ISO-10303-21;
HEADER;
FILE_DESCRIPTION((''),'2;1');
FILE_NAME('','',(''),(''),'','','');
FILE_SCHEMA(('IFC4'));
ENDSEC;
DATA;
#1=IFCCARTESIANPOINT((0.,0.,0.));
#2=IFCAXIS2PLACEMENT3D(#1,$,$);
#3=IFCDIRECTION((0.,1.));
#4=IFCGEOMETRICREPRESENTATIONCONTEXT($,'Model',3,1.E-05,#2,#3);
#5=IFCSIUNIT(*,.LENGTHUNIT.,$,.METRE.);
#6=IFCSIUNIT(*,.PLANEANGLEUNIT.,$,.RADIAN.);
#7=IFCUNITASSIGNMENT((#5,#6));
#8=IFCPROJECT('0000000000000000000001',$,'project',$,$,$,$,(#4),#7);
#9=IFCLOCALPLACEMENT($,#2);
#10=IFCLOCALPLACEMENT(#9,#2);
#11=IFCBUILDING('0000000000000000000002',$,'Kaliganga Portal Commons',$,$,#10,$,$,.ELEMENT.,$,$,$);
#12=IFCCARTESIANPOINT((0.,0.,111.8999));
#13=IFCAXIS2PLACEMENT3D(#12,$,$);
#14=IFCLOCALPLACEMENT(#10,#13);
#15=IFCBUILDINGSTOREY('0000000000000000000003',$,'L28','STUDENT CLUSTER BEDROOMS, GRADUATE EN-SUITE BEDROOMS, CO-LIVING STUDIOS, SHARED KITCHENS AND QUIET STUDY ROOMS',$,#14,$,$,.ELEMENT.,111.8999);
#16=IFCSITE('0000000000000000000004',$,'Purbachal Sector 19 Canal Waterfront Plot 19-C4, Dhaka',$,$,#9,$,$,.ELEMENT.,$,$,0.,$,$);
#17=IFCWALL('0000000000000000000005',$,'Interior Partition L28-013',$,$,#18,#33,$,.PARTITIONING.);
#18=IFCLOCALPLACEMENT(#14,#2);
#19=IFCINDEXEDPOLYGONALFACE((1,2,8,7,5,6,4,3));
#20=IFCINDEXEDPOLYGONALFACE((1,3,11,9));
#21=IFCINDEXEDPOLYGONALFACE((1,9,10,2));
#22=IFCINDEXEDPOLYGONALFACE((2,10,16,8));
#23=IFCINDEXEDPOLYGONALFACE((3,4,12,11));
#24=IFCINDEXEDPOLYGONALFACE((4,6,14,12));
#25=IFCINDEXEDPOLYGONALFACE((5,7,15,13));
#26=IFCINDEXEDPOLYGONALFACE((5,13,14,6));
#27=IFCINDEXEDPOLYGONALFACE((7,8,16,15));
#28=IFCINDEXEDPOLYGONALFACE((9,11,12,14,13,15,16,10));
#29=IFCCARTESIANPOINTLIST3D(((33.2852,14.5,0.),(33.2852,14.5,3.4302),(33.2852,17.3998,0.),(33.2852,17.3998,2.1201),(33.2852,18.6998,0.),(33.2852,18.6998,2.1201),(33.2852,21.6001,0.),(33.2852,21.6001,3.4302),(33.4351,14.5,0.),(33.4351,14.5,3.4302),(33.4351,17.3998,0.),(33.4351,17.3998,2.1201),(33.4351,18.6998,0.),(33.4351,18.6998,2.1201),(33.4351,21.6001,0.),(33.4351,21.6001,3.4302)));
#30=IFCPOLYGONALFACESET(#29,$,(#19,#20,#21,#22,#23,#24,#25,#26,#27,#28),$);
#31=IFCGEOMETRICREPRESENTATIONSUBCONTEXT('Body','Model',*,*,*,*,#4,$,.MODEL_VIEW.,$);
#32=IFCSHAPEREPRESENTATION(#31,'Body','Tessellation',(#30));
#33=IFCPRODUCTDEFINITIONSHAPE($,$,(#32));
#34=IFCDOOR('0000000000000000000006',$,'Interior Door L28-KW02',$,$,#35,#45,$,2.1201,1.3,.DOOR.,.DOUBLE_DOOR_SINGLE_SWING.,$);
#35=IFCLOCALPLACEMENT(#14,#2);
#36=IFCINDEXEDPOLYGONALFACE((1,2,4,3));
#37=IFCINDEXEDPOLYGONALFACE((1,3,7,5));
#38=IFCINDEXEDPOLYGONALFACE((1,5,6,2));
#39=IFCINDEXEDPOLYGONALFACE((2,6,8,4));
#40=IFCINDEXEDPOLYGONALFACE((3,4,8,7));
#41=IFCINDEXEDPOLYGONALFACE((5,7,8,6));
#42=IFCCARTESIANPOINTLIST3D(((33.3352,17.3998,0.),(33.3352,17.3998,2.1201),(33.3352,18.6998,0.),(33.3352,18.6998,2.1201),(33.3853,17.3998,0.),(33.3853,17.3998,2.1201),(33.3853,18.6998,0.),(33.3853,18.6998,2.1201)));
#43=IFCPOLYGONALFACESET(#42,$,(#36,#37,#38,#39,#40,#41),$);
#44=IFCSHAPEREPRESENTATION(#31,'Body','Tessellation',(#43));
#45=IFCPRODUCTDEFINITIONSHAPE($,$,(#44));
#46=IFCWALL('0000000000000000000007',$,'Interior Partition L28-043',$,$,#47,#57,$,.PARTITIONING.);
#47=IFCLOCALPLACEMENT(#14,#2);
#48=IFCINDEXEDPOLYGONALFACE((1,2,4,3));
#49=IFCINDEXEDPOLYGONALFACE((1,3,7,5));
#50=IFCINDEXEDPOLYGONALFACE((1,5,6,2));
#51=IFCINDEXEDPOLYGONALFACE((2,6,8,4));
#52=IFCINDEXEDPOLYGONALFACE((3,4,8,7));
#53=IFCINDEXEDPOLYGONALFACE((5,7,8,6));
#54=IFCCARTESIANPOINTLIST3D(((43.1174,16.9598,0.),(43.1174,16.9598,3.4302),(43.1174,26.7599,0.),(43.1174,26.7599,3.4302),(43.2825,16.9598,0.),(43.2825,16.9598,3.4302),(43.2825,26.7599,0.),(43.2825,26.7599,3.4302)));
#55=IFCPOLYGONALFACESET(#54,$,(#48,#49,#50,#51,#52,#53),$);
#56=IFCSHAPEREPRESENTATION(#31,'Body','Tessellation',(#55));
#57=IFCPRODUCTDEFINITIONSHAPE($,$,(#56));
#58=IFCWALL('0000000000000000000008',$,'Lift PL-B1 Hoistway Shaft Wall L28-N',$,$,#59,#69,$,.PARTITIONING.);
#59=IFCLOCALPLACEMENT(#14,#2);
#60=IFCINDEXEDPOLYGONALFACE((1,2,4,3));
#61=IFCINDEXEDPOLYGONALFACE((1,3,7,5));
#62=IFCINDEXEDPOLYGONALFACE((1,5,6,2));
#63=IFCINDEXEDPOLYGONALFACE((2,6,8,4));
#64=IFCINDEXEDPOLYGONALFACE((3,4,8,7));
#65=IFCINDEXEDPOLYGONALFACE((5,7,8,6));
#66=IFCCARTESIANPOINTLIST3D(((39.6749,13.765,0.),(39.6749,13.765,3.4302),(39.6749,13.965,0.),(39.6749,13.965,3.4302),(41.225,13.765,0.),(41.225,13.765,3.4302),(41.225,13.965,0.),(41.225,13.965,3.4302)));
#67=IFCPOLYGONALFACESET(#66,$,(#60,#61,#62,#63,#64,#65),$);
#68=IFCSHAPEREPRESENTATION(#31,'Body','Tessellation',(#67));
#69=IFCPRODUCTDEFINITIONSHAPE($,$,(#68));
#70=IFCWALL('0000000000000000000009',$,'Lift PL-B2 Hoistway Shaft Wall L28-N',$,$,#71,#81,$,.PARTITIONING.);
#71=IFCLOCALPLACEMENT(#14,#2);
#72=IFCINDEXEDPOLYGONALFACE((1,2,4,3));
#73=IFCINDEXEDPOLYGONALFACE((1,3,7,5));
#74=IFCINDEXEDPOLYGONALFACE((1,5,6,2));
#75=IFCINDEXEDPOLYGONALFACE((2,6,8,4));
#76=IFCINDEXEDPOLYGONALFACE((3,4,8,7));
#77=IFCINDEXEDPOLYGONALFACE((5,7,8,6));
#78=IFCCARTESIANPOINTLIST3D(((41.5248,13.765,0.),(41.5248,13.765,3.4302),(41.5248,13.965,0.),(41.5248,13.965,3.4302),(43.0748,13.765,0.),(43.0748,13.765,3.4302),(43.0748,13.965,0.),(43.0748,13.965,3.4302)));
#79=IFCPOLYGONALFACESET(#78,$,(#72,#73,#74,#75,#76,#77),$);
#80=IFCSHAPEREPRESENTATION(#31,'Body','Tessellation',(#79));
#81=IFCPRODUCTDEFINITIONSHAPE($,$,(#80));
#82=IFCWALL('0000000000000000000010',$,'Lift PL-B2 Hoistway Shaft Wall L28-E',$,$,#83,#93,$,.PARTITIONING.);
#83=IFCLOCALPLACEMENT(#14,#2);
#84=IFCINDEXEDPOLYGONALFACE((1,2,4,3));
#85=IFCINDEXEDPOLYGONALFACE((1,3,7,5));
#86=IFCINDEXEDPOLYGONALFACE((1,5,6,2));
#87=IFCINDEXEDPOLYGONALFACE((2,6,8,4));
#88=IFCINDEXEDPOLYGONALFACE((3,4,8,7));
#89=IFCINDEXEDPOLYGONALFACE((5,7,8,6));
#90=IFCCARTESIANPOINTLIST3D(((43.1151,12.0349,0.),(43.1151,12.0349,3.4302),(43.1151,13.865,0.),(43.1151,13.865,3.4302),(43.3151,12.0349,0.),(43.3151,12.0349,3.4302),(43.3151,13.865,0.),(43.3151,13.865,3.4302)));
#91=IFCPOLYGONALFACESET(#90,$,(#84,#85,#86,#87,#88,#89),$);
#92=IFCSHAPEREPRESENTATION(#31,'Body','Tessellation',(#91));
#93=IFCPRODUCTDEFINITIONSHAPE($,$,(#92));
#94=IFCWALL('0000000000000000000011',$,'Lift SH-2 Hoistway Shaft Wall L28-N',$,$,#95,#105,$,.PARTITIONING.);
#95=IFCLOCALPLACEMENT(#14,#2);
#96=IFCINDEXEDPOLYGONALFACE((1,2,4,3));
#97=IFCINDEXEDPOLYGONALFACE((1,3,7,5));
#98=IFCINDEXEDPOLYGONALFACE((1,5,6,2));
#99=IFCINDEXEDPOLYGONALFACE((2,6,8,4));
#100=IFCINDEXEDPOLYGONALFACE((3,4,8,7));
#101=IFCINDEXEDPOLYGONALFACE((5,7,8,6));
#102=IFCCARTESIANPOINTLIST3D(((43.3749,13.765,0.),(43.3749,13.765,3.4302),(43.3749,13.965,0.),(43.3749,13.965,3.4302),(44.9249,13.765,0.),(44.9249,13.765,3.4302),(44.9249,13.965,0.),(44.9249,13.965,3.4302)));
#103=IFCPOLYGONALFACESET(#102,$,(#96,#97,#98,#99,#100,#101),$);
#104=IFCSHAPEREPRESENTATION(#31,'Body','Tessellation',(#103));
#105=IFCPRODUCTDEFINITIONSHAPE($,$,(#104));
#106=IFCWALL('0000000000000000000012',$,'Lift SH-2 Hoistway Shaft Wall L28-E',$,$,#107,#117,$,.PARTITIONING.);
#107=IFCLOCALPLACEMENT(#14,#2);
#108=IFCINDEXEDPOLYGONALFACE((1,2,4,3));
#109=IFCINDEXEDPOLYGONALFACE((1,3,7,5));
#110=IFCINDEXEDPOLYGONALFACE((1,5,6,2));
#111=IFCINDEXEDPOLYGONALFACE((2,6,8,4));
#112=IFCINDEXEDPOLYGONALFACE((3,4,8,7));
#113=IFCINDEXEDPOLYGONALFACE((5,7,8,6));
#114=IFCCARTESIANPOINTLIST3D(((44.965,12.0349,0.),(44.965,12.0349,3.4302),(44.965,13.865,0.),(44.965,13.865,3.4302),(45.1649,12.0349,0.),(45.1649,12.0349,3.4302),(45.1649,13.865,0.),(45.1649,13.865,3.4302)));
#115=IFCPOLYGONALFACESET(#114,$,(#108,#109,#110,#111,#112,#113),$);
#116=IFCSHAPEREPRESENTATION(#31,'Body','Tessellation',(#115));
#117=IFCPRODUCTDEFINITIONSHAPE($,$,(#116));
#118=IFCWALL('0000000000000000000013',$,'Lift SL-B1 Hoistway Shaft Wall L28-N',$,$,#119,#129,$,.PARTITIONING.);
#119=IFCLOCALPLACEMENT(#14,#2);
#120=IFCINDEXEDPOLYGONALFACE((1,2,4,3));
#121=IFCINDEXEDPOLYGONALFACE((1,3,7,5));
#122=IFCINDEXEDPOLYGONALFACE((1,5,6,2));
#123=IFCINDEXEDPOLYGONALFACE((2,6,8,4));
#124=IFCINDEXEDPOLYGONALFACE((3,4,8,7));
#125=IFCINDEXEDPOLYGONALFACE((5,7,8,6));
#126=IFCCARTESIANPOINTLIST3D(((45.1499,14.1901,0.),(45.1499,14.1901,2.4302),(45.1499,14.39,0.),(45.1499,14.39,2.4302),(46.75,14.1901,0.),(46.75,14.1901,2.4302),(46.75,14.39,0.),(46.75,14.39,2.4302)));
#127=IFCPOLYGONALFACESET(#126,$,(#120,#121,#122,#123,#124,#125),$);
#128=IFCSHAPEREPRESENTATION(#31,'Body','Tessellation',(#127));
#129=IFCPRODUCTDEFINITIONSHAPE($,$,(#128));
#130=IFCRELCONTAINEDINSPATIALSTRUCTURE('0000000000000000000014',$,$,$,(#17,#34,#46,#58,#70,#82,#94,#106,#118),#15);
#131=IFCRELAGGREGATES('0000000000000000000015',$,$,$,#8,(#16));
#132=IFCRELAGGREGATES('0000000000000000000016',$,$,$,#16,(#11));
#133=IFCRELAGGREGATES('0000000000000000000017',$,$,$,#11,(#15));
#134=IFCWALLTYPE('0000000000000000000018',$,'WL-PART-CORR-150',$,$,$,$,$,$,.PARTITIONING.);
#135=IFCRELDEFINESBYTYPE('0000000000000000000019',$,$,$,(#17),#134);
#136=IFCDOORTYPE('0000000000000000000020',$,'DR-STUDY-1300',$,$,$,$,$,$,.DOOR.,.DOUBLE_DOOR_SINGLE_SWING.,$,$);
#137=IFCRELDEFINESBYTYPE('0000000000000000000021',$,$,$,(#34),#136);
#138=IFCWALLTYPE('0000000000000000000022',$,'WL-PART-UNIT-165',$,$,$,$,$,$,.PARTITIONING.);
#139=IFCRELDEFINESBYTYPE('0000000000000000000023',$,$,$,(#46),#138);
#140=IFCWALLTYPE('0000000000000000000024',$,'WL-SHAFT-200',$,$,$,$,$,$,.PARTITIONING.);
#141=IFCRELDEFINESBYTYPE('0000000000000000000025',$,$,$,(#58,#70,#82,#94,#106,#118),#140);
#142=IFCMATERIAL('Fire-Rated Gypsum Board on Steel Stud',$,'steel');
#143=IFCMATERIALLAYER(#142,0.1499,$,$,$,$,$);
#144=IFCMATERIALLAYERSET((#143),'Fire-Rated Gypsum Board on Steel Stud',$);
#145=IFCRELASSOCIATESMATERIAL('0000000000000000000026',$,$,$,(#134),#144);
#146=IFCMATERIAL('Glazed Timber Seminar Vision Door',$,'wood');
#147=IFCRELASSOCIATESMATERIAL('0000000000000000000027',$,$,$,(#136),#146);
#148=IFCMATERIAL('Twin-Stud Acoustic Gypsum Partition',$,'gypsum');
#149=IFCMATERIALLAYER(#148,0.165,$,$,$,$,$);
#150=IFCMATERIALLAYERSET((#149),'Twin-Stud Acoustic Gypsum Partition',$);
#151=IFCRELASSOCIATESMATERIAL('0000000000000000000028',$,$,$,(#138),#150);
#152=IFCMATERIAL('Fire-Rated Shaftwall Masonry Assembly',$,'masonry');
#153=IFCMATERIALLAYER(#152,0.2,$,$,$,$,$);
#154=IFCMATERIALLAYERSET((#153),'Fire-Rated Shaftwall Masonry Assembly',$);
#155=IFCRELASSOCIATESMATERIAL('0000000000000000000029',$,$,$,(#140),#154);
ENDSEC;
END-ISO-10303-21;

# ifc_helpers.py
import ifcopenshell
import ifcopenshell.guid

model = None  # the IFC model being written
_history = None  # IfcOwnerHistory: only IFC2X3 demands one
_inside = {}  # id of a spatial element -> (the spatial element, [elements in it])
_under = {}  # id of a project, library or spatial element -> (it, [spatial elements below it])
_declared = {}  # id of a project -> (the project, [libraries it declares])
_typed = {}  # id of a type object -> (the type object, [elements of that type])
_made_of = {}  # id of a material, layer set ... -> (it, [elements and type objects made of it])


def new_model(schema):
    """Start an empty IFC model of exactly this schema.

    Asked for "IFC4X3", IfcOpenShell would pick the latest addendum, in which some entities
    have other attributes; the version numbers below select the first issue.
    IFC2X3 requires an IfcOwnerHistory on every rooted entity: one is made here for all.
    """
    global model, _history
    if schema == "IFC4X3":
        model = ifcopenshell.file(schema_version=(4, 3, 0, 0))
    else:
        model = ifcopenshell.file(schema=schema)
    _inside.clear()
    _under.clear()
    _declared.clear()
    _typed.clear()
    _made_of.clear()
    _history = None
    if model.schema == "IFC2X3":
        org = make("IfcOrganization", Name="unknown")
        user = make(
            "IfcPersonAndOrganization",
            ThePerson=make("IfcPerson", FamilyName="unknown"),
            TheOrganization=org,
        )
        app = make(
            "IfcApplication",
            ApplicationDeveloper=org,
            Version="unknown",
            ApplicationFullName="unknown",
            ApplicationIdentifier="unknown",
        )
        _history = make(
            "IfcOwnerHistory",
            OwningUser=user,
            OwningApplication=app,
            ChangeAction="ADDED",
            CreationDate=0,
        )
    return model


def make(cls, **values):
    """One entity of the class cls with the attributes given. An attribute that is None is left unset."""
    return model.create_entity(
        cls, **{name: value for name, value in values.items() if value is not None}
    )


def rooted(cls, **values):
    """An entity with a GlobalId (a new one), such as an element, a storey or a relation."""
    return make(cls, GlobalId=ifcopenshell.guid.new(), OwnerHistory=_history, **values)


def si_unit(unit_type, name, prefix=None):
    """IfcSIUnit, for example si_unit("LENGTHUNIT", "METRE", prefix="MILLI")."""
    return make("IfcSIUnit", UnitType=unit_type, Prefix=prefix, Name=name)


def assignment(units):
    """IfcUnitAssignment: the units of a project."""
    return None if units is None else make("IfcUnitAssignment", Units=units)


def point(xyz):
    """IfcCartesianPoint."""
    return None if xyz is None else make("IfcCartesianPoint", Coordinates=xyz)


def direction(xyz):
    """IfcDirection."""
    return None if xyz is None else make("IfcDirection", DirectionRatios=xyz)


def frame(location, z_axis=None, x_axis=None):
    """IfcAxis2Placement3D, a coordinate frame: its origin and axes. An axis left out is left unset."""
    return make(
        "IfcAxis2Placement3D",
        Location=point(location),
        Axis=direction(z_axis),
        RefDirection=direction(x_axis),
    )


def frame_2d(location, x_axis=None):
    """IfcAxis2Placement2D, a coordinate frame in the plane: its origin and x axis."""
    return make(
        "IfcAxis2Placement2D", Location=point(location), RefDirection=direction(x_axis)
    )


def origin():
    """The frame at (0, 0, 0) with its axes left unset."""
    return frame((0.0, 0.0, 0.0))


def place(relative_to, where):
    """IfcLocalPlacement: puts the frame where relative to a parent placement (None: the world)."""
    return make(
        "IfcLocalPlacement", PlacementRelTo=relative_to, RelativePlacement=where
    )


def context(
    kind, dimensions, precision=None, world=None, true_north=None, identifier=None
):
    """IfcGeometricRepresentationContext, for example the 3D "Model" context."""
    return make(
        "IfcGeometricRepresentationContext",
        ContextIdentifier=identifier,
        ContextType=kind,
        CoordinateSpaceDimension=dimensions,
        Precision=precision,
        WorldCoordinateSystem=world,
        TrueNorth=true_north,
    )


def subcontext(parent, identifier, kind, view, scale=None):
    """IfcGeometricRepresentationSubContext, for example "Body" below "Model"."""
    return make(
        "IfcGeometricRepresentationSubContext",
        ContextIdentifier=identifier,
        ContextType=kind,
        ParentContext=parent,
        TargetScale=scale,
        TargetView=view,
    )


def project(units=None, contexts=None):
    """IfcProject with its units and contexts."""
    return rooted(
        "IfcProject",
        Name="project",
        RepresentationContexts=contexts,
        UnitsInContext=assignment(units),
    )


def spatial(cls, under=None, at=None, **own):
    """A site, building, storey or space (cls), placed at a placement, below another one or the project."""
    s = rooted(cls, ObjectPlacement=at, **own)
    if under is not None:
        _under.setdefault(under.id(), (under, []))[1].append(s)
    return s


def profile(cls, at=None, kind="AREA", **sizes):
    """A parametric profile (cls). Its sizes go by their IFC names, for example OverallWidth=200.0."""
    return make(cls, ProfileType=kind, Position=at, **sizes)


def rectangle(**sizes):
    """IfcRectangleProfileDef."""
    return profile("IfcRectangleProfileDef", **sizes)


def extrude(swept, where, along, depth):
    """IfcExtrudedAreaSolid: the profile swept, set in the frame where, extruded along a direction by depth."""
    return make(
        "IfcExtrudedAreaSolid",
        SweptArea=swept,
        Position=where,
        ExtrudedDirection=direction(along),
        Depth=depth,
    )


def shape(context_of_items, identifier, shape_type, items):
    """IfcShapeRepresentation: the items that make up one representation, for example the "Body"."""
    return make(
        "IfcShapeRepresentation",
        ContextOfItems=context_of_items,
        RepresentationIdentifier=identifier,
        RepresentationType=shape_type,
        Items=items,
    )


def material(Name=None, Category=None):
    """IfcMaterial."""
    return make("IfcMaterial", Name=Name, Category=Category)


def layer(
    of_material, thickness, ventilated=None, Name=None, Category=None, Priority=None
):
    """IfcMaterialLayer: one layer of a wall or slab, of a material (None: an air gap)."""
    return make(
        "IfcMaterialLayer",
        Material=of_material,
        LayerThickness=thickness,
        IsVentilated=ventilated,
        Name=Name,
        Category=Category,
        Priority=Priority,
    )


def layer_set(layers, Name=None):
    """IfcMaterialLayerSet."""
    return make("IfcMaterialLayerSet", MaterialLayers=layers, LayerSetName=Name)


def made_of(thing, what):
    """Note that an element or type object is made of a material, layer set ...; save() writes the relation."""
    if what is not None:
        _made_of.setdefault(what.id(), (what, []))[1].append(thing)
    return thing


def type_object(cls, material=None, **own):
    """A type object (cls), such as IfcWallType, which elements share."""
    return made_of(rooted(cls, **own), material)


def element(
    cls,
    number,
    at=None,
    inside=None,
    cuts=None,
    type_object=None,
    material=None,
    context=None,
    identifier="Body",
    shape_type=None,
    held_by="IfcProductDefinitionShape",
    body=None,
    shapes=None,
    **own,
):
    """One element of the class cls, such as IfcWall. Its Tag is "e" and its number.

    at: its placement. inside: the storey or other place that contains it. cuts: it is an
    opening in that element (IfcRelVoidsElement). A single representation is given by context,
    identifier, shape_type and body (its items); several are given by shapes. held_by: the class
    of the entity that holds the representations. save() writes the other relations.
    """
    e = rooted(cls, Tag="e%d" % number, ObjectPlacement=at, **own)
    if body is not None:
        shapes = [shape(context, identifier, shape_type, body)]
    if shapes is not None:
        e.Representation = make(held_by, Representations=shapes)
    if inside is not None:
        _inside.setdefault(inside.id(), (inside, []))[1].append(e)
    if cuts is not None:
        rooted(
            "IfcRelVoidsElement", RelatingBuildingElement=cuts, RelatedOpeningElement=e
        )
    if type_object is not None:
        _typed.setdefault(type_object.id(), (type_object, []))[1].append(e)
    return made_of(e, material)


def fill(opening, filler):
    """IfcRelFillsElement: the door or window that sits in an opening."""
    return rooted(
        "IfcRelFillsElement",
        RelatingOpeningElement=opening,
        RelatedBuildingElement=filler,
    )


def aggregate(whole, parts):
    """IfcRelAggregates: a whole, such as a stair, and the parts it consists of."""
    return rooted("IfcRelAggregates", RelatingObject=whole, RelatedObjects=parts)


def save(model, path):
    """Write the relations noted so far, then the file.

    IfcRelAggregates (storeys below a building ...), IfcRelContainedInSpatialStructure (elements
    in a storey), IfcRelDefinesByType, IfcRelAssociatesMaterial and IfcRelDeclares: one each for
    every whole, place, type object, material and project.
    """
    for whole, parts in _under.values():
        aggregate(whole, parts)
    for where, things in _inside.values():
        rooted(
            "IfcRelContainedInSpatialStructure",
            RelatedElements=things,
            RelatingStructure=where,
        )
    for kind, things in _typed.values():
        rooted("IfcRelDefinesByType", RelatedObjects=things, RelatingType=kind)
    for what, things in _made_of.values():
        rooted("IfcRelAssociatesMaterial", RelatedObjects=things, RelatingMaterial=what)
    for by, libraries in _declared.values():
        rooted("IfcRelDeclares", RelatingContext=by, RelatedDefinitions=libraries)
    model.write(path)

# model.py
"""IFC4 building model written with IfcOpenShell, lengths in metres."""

from ifc_helpers import new_model, si_unit, direction, frame, frame_2d, origin, place, context, subcontext, project, spatial, rectangle, extrude, material, layer, layer_set, type_object, element, fill, save


model = new_model("IFC4")

# Units and contexts
model_context = context("Model", 3, precision=1e-05, world=origin(), true_north=direction((0.0, 1.0)))
body_context = subcontext(model_context, "Body", "Model", "MODEL_VIEW")
ifc_project = project(units=[si_unit("LENGTHUNIT", "METRE"), si_unit("PLANEANGLEUNIT", "RADIAN")], contexts=[model_context])

# Site, building, storey
site_placement = place(None, origin())
site = spatial("IfcSite", under=ifc_project, at=site_placement, Name="Purbachal Sector 19 Canal Waterfront Plot 19-C4, Dhaka", CompositionType="ELEMENT", RefElevation=0.0)
building_placement = place(site_placement, origin())
building = spatial("IfcBuilding", under=site, at=building_placement, Name="Kaliganga Portal Commons", CompositionType="ELEMENT")
storey_placement = place(building_placement, frame((0.0, 0.0, 111.8999)))
storey = spatial("IfcBuildingStorey", under=building, at=storey_placement, Name="L28", Description="STUDENT CLUSTER BEDROOMS, GRADUATE EN-SUITE BEDROOMS, CO-LIVING STUDIOS, SHARED KITCHENS AND QUIET STUDY ROOMS", CompositionType="ELEMENT", Elevation=111.8999)

# Shared definitions
ifc_material_1 = material(Name="Fire-Rated Gypsum Board on Steel Stud", Category="steel")
ifc_layer_1 = layer(ifc_material_1, 0.1499)
ifc_layer_set_1 = layer_set([ifc_layer_1], Name="Fire-Rated Gypsum Board on Steel Stud")
wall_type_1 = type_object("IfcWallType", Name="WL-PART-CORR-150", PredefinedType="PARTITIONING", material=ifc_layer_set_1)
ifc_material_2 = material(Name="Glazed Timber Seminar Vision Door", Category="wood")
door_type_1 = type_object("IfcDoorType", Name="DR-STUDY-1300", OperationType="DOUBLE_DOOR_SINGLE_SWING", PredefinedType="DOOR", material=ifc_material_2)

# Wall, opening, door
wall_1_placement = place(storey_placement, frame((33.3601, 14.5, 0.0), z_axis=(0.0, 0.0, 1.0), x_axis=(0.0, 1.0, 0.0)))
wall_1 = element("IfcWall", 1, at=wall_1_placement, inside=storey, type_object=wall_type_1, Name="Interior Partition L28-013", PredefinedType="PARTITIONING", context=body_context, shape_type="SweptSolid", body=[
    extrude(rectangle(XDim=7.1001, YDim=0.1499, at=frame_2d((3.55, 0.0))), origin(), (0.0, 0.0, 1.0), 3.4302),
])
opening_1_placement = place(wall_1_placement, frame((2.8999, 0.0, 0.0)))
opening_1 = element("IfcOpeningElement", 2, at=opening_1_placement, cuts=wall_1, PredefinedType="OPENING", context=body_context, shape_type="SweptSolid", body=[
    extrude(rectangle(XDim=1.3, YDim=2.1201, at=frame_2d((0.6499, 1.0601))), frame((0.0, 0.085, 0.0), z_axis=(0.0, -1.0, 0.0), x_axis=(1.0, 0.0, 0.0)), (0.0, 0.0, 1.0), 0.1699),
])
door_1_placement = place(opening_1_placement, origin())
door_1 = element("IfcDoor", 3, at=door_1_placement, inside=storey, type_object=door_type_1, Name="Interior Door L28-KW02", OperationType="DOUBLE_DOOR_SINGLE_SWING", OverallHeight=2.1201, OverallWidth=1.3, PredefinedType="DOOR", context=body_context, shape_type="SweptSolid", body=[
    extrude(rectangle(XDim=1.3, YDim=2.1201, at=frame_2d((0.6499, 1.0601))), frame((0.0, 0.0249, 0.0), z_axis=(0.0, -1.0, 0.0), x_axis=(1.0, 0.0, 0.0)), (0.0, 0.0, 1.0), 0.05),
])
fill(opening_1, door_1)

# Walls
ifc_material_3 = material(Name="Twin-Stud Acoustic Gypsum Partition", Category="gypsum")
ifc_layer_2 = layer(ifc_material_3, 0.165)
ifc_layer_set_2 = layer_set([ifc_layer_2], Name="Twin-Stud Acoustic Gypsum Partition")
wall_type_2 = type_object("IfcWallType", Name="WL-PART-UNIT-165", PredefinedType="PARTITIONING", material=ifc_layer_set_2)
wall_2_placement = place(storey_placement, frame((43.2, 16.96, 0.0), z_axis=(0.0, 0.0, 1.0), x_axis=(0.0, 1.0, 0.0)))
element("IfcWall", 4, at=wall_2_placement, inside=storey, type_object=wall_type_2, Name="Interior Partition L28-043", PredefinedType="PARTITIONING", context=body_context, shape_type="SweptSolid", body=[
    extrude(rectangle(XDim=9.8, YDim=0.165, at=frame_2d((4.8999, 0.0))), origin(), (0.0, 0.0, 1.0), 3.4302),
])
ifc_material_4 = material(Name="Fire-Rated Shaftwall Masonry Assembly", Category="masonry")
ifc_layer_3 = layer(ifc_material_4, 0.2)
ifc_layer_set_3 = layer_set([ifc_layer_3], Name="Fire-Rated Shaftwall Masonry Assembly")
wall_type_3 = type_object("IfcWallType", Name="WL-SHAFT-200", PredefinedType="PARTITIONING", material=ifc_layer_set_3)
wall_3_placement = place(storey_placement, frame((39.675, 13.865, 0.0), z_axis=(0.0, 0.0, 1.0), x_axis=(1.0, 0.0, 0.0)))
element("IfcWall", 5, at=wall_3_placement, inside=storey, type_object=wall_type_3, Name="Lift PL-B1 Hoistway Shaft Wall L28-N", PredefinedType="PARTITIONING", context=body_context, shape_type="SweptSolid", body=[
    extrude(rectangle(XDim=1.55, YDim=0.2, at=frame_2d((0.7749, 0.0))), origin(), (0.0, 0.0, 1.0), 3.4302),
])

# Walls
wall_4_placement = place(storey_placement, frame((41.5249, 13.865, 0.0), z_axis=(0.0, 0.0, 1.0), x_axis=(1.0, 0.0, 0.0)))
element("IfcWall", 6, at=wall_4_placement, inside=storey, type_object=wall_type_3, Name="Lift PL-B2 Hoistway Shaft Wall L28-N", PredefinedType="PARTITIONING", context=body_context, shape_type="SweptSolid", body=[
    extrude(rectangle(XDim=1.55, YDim=0.2, at=frame_2d((0.7749, 0.0))), origin(), (0.0, 0.0, 1.0), 3.4302),
])
wall_5_placement = place(storey_placement, frame((43.2151, 12.0349, 0.0), z_axis=(0.0, 0.0, 1.0), x_axis=(0.0, 1.0, 0.0)))
element("IfcWall", 7, at=wall_5_placement, inside=storey, type_object=wall_type_3, Name="Lift PL-B2 Hoistway Shaft Wall L28-E", PredefinedType="PARTITIONING", context=body_context, shape_type="SweptSolid", body=[
    extrude(rectangle(XDim=1.8301, YDim=0.2, at=frame_2d((0.915, 0.0))), origin(), (0.0, 0.0, 1.0), 3.4302),
])

# Walls
wall_6_placement = place(storey_placement, frame((43.375, 13.865, 0.0), z_axis=(0.0, 0.0, 1.0), x_axis=(1.0, 0.0, 0.0)))
element("IfcWall", 8, at=wall_6_placement, inside=storey, type_object=wall_type_3, Name="Lift SH-2 Hoistway Shaft Wall L28-N", PredefinedType="PARTITIONING", context=body_context, shape_type="SweptSolid", body=[
    extrude(rectangle(XDim=1.55, YDim=0.2, at=frame_2d((0.7749, 0.0))), origin(), (0.0, 0.0, 1.0), 3.4302),
])
wall_7_placement = place(storey_placement, frame((45.0649, 12.0349, 0.0), z_axis=(0.0, 0.0, 1.0), x_axis=(0.0, 1.0, 0.0)))
element("IfcWall", 9, at=wall_7_placement, inside=storey, type_object=wall_type_3, Name="Lift SH-2 Hoistway Shaft Wall L28-E", PredefinedType="PARTITIONING", context=body_context, shape_type="SweptSolid", body=[
    extrude(rectangle(XDim=1.8301, YDim=0.2, at=frame_2d((0.915, 0.0))), origin(), (0.0, 0.0, 1.0), 3.4302),
])
wall_8_placement = place(storey_placement, frame((45.1499, 14.29, 0.0), z_axis=(0.0, 0.0, 1.0), x_axis=(1.0, 0.0, 0.0)))
element("IfcWall", 10, at=wall_8_placement, inside=storey, type_object=wall_type_3, Name="Lift SL-B1 Hoistway Shaft Wall L28-N", PredefinedType="PARTITIONING", context=body_context, shape_type="SweptSolid", body=[
    extrude(rectangle(XDim=1.6001, YDim=0.2, at=frame_2d((0.8, 0.0))), origin(), (0.0, 0.0, 1.0), 2.4302),
])

save(model, "model.ifc")
